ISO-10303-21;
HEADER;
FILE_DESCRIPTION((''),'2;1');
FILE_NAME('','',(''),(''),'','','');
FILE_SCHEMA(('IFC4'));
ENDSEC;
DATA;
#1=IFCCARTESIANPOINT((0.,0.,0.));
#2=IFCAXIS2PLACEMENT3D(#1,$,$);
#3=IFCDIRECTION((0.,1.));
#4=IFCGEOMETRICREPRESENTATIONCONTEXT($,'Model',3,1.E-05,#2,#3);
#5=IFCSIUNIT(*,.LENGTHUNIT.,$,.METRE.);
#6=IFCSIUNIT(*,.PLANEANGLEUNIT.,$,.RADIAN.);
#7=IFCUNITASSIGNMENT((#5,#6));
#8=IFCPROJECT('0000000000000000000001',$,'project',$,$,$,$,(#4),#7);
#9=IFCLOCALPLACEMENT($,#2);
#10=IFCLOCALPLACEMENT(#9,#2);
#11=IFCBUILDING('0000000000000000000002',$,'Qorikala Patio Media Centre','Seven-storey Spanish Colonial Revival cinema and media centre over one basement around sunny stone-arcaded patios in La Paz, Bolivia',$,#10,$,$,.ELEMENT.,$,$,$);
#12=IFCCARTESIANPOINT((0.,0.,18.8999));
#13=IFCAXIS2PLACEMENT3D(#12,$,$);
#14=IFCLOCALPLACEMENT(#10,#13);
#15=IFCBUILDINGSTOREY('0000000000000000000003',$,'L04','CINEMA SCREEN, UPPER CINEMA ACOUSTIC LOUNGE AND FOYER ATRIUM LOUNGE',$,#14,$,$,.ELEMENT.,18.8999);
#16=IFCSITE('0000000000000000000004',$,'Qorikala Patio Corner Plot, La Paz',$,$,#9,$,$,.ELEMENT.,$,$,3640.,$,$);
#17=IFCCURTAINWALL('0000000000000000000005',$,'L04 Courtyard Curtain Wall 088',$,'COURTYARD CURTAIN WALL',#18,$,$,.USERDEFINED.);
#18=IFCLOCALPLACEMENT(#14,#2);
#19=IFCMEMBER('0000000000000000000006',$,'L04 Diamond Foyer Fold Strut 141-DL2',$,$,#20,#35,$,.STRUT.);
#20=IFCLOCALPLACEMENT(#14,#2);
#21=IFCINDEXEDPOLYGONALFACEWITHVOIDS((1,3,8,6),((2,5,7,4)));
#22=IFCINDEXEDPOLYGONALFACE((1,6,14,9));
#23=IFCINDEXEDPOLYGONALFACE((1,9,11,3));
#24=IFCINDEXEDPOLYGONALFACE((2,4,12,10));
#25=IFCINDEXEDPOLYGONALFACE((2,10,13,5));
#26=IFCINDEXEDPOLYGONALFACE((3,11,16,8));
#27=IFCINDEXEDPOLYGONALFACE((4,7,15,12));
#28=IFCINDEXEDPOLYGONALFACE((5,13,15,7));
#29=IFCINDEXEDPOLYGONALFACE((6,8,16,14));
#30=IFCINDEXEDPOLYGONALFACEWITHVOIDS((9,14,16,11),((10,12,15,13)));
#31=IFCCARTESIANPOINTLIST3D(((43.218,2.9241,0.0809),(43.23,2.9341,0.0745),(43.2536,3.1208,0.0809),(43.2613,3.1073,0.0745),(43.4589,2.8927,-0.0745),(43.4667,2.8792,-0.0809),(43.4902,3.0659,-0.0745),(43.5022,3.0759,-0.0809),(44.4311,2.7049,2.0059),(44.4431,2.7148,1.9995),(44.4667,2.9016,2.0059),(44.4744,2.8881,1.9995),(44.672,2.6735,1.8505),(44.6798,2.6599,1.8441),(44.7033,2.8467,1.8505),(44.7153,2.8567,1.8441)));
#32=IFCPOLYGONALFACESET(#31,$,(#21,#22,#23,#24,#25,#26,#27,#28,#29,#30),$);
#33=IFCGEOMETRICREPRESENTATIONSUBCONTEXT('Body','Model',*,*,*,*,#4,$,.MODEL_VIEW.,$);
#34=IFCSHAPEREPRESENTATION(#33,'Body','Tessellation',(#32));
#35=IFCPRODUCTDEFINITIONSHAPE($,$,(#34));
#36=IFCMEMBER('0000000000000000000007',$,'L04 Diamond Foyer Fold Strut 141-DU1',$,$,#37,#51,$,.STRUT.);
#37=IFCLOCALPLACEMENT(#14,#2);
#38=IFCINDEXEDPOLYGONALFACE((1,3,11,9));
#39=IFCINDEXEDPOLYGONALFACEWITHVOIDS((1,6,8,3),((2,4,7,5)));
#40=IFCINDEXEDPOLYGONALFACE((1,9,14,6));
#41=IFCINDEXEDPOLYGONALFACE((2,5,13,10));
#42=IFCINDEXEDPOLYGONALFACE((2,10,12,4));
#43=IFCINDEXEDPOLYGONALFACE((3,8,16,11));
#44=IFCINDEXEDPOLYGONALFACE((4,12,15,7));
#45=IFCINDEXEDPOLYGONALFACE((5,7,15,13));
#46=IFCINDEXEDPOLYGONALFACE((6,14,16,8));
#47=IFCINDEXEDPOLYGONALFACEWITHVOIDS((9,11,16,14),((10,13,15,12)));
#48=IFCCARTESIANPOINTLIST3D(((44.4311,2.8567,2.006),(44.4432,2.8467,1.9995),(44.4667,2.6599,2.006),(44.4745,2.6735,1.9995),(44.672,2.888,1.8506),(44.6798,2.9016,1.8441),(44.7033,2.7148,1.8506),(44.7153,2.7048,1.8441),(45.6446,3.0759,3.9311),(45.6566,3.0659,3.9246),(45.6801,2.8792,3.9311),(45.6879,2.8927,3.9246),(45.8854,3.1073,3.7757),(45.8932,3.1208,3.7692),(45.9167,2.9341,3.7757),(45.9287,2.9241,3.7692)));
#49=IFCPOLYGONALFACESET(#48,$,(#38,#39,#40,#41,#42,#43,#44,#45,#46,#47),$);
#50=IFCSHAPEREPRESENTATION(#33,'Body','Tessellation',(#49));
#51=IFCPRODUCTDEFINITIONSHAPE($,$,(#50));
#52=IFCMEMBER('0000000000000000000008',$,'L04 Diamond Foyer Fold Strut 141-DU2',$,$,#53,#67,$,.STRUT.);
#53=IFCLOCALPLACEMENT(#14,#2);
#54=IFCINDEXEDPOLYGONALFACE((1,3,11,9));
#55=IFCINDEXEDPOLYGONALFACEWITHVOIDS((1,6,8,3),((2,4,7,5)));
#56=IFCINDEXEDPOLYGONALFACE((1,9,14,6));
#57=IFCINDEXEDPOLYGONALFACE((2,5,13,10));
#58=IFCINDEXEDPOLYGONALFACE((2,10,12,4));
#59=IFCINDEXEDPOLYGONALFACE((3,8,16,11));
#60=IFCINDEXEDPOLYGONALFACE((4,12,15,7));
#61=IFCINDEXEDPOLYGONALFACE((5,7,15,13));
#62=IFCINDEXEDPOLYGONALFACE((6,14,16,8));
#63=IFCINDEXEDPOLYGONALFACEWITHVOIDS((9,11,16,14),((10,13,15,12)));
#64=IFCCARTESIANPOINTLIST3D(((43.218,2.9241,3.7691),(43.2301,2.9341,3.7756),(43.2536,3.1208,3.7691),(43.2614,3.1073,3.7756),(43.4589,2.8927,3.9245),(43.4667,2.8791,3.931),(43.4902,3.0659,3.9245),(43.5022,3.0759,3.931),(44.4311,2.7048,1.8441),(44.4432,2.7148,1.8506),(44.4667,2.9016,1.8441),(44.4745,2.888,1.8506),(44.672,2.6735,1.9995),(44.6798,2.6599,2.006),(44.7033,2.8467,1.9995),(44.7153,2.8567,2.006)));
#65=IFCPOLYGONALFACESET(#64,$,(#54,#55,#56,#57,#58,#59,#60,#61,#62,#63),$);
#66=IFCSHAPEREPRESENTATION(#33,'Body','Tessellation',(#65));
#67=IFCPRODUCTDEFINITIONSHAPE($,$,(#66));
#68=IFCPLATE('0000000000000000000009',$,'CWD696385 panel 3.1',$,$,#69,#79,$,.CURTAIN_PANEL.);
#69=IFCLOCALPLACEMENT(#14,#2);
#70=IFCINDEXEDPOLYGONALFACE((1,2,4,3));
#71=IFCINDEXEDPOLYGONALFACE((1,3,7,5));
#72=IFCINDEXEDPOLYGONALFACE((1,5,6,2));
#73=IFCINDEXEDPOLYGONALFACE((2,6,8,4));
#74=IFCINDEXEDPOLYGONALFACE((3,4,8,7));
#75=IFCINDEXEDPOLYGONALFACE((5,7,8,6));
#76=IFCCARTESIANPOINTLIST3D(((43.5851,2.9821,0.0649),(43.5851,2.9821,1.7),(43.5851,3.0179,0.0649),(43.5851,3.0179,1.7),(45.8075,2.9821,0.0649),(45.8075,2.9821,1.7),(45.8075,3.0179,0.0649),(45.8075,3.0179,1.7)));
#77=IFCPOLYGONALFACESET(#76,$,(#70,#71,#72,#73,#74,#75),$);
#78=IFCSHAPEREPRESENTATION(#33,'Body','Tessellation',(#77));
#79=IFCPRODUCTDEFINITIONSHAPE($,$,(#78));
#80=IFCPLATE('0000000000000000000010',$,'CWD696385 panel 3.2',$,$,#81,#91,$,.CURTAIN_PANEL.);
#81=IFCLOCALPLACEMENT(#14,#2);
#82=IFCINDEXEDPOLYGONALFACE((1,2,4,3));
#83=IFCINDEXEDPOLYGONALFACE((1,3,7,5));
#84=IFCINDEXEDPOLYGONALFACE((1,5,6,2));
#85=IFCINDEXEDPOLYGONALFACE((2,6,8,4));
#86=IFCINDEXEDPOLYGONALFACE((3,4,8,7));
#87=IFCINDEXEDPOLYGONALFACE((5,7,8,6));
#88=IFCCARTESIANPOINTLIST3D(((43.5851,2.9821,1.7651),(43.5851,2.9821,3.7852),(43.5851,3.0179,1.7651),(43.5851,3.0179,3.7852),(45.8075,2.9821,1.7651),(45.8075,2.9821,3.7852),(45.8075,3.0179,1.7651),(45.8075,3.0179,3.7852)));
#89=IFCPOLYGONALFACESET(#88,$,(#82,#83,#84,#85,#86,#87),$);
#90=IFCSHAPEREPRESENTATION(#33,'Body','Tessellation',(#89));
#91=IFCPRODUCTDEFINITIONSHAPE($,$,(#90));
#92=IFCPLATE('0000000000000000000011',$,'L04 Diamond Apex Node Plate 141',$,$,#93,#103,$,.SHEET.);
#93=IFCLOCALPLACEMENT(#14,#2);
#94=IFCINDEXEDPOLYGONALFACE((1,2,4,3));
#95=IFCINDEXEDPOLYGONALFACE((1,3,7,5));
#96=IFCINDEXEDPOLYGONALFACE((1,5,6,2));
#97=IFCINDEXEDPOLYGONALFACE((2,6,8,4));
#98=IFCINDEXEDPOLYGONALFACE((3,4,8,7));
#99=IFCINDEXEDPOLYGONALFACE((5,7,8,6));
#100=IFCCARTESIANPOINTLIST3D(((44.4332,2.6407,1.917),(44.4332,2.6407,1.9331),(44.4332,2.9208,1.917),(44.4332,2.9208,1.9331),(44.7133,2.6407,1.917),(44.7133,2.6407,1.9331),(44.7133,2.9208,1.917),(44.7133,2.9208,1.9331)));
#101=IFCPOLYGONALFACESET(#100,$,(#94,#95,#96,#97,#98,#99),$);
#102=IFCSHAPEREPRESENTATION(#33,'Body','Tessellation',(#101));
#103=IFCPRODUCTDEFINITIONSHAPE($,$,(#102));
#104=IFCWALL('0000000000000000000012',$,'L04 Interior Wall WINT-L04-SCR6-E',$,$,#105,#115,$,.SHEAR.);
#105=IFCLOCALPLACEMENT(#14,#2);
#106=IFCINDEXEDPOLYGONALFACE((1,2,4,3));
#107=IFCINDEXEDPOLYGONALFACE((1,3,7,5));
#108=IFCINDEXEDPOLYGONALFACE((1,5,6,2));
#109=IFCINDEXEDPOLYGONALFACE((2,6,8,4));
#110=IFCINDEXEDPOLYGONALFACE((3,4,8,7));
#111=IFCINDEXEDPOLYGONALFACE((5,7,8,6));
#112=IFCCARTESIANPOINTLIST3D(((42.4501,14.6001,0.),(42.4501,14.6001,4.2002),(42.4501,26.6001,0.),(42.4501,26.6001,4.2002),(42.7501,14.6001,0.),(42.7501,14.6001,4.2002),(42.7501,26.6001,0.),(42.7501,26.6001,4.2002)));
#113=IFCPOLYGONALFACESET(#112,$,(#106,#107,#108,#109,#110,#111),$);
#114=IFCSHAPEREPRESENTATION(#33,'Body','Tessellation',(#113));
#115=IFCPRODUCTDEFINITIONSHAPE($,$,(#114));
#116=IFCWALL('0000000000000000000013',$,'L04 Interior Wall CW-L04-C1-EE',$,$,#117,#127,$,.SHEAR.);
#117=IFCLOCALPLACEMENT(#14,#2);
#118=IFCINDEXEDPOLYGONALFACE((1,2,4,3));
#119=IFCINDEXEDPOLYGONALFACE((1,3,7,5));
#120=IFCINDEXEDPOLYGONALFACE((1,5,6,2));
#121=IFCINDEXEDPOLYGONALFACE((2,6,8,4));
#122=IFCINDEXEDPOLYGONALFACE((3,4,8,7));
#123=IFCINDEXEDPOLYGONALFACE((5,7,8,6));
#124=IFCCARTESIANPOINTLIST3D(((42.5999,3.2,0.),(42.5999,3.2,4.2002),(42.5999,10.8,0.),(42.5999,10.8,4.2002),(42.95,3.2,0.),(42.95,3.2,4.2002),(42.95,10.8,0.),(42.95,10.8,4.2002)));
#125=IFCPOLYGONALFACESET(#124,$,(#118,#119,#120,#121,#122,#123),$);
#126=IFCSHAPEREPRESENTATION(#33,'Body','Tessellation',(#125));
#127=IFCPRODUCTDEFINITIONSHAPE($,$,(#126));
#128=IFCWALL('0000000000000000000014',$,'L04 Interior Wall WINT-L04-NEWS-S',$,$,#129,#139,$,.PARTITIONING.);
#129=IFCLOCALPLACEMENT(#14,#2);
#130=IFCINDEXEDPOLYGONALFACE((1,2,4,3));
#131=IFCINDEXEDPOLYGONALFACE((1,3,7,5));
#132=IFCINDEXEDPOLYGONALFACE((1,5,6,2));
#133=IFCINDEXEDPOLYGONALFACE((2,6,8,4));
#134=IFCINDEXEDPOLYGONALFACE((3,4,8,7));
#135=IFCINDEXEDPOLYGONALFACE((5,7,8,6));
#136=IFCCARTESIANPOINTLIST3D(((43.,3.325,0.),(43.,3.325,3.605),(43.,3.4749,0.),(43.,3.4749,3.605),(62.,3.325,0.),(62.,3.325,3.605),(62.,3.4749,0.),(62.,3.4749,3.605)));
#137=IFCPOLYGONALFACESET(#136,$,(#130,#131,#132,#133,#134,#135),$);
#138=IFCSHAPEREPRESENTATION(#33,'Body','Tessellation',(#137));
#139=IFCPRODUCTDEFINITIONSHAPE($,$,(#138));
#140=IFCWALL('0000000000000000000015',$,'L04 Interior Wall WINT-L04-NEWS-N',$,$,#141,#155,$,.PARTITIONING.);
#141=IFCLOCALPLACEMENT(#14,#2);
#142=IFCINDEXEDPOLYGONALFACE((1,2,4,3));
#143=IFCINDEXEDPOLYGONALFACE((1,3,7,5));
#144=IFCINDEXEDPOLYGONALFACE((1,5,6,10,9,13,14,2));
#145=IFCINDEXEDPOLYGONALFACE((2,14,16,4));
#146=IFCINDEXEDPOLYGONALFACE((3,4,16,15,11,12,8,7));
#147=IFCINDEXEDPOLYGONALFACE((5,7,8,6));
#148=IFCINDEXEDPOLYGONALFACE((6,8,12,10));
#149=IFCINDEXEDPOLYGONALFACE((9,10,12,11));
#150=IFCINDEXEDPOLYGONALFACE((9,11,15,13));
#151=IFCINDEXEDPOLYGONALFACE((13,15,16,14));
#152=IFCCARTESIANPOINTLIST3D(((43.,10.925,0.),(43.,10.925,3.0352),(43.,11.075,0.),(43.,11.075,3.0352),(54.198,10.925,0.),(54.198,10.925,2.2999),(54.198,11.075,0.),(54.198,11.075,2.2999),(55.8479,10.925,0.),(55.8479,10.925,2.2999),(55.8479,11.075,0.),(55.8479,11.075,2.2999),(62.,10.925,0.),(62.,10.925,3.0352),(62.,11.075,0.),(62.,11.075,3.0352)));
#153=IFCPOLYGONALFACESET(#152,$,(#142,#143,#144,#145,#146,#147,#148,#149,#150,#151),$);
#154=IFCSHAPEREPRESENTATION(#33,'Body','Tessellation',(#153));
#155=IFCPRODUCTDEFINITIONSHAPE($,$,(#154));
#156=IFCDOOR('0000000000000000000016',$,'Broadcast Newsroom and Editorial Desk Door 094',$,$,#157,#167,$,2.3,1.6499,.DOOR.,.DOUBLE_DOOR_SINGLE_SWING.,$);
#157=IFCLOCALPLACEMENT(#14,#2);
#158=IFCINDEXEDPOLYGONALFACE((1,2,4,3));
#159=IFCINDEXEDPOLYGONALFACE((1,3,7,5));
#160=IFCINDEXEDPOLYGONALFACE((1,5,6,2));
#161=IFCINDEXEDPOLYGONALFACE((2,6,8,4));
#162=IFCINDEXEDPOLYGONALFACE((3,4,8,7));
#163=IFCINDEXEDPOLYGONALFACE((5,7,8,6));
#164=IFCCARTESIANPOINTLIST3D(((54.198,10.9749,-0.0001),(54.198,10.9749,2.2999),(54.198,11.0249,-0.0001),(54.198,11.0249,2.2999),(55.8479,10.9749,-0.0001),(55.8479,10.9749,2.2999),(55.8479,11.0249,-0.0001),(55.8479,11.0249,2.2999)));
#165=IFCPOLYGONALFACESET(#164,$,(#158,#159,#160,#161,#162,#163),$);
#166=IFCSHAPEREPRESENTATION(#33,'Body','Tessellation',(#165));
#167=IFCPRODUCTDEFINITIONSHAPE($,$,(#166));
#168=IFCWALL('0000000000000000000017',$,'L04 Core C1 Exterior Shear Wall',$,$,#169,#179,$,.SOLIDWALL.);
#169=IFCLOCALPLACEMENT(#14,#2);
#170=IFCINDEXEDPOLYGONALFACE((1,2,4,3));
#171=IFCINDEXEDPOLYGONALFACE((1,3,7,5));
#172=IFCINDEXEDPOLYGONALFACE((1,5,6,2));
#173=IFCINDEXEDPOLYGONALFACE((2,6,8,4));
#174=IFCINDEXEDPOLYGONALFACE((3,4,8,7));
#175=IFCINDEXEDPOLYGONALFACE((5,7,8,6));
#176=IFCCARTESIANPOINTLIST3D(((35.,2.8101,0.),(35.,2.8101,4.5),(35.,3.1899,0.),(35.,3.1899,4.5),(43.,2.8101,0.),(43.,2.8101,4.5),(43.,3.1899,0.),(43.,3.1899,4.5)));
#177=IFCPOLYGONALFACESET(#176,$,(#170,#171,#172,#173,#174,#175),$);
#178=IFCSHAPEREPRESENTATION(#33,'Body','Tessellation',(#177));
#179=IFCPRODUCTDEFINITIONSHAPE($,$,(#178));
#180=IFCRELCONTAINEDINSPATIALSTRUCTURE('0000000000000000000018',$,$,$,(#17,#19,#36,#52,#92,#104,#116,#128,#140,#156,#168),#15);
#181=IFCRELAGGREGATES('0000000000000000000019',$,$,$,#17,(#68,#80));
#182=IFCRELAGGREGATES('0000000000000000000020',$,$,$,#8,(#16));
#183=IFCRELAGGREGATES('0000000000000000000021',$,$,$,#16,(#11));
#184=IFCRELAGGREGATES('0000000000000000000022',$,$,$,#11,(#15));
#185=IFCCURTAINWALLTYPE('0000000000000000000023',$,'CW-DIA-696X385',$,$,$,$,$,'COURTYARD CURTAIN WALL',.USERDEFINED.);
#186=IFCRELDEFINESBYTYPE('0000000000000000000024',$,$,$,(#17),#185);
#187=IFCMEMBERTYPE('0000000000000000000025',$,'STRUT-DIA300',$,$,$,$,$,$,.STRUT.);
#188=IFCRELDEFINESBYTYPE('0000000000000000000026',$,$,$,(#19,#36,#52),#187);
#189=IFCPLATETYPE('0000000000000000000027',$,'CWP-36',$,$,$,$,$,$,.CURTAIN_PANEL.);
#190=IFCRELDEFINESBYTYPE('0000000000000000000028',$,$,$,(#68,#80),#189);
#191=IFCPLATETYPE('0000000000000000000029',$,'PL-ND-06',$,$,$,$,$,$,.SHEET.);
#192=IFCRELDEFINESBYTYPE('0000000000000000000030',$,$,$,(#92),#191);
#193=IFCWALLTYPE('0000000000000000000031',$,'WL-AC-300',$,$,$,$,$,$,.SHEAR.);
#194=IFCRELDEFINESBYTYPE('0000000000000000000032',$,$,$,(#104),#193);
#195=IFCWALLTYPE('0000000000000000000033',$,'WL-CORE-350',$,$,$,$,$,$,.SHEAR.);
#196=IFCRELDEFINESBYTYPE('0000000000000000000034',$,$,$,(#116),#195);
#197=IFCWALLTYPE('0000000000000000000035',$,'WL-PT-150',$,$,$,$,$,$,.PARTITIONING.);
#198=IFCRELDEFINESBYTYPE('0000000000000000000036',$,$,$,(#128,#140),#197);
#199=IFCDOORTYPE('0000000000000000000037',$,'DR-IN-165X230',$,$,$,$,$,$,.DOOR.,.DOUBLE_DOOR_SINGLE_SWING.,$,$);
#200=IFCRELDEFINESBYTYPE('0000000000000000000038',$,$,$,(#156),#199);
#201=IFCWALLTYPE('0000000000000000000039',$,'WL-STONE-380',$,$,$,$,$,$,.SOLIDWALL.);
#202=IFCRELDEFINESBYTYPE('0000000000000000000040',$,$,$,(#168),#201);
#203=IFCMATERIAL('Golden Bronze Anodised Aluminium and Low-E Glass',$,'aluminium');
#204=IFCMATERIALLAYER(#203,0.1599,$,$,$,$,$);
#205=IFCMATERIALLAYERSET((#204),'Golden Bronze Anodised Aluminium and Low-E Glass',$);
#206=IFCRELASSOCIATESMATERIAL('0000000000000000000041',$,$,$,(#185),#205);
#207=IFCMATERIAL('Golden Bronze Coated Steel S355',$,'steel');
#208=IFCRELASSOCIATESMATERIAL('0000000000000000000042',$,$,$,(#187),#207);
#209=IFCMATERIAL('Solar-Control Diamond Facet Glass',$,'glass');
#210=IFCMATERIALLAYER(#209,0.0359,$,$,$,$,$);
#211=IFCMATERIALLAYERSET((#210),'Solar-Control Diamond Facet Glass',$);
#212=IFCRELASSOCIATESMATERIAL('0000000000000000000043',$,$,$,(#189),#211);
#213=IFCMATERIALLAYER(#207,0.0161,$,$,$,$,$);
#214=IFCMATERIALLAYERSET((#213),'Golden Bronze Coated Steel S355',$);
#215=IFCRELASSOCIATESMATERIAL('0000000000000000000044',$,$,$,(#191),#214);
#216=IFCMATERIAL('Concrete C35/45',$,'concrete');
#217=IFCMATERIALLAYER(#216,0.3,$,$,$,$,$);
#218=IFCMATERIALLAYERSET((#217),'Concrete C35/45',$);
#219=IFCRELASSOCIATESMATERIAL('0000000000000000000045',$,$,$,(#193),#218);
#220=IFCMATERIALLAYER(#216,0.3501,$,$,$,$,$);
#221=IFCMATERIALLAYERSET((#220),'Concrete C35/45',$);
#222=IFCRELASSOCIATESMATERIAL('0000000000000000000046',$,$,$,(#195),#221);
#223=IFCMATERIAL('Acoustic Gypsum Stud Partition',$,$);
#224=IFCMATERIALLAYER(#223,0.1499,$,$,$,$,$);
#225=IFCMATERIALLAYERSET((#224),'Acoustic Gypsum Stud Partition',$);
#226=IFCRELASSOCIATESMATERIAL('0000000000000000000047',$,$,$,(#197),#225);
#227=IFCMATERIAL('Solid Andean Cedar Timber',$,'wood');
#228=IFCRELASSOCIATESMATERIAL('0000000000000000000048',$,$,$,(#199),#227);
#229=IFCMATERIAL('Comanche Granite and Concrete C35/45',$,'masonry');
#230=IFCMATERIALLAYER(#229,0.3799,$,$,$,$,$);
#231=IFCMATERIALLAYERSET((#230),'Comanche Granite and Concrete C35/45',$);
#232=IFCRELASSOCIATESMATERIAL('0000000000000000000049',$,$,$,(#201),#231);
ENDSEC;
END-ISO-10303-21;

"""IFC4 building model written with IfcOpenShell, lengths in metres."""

from ifc_helpers import new_model, si_unit, direction, frame, frame_2d, origin, origin_2d, place, context, subcontext, project, spatial, rectangle, hollow_rectangle, extrude, material, layer, layer_set, material_profile, profile_set, type_object, element, fill, aggregate, save


model = new_model("IFC4")

# Units and contexts
model_context = context("Model", 3, precision=1e-05, world=origin(), true_north=direction((0.0, 1.0)))
body_context = subcontext(model_context, "Body", "Model", "MODEL_VIEW")
ifc_project = project(units=[si_unit("LENGTHUNIT", "METRE"), si_unit("PLANEANGLEUNIT", "RADIAN")], contexts=[model_context])

# Site, building, storey
site_placement = place(None, origin())
site = spatial("IfcSite", under=ifc_project, at=site_placement, Name="Qorikala Patio Corner Plot, La Paz", CompositionType="ELEMENT", RefElevation=3640.0)
building_placement = place(site_placement, origin())
building = spatial("IfcBuilding", under=site, at=building_placement, Name="Qorikala Patio Media Centre", Description="Seven-storey Spanish Colonial Revival cinema and media centre over one basement around sunny stone-arcaded patios in La Paz, Bolivia", CompositionType="ELEMENT")
storey_placement = place(building_placement, frame((0.0, 0.0, 18.8999)))
storey = spatial("IfcBuildingStorey", under=building, at=storey_placement, Name="L04", Description="CINEMA SCREEN, UPPER CINEMA ACOUSTIC LOUNGE AND FOYER ATRIUM LOUNGE", CompositionType="ELEMENT", Elevation=18.8999)

# Shared definitions
ifc_material_1 = material(Name="Concrete C35/45", Category="concrete")

# Shared definitions
ifc_material_2 = material(Name="Golden Bronze Coated Steel S355", Category="steel")

# Curtain wall
ifc_material_3 = material(Name="Golden Bronze Anodised Aluminium and Low-E Glass", Category="aluminium")
ifc_layer_1 = layer(ifc_material_3, 0.1599)
ifc_layer_set_1 = layer_set([ifc_layer_1], Name="Golden Bronze Anodised Aluminium and Low-E Glass")
curtain_wall_type = type_object("IfcCurtainWallType", Name="CW-DIA-696X385", ElementType="COURTYARD CURTAIN WALL", PredefinedType="USERDEFINED", material=ifc_layer_set_1)
curtain_wall_placement = place(storey_placement, origin())
curtain_wall = element("IfcCurtainWall", 1, at=curtain_wall_placement, inside=storey, type_object=curtain_wall_type, Name="L04 Courtyard Curtain Wall 088", ObjectType="COURTYARD CURTAIN WALL", PredefinedType="USERDEFINED")

# Members
ifc_material_profile_1 = material_profile(ifc_material_2, hollow_rectangle(XDim=0.2, YDim=0.3, WallThickness=0.012, at=origin_2d()), Name="HSS300X200X12")
ifc_profile_set_1 = profile_set([ifc_material_profile_1], Name="Golden Bronze Coated Steel S355")
member_type_1 = type_object("IfcMemberType", Name="STRUT-DIA300", PredefinedType="STRUT", material=ifc_profile_set_1)
member_1_placement = place(storey_placement, frame((43.3601, 3.0, 0.0), z_axis=(0.530691, -0.095907, 0.842121), x_axis=(0.17784, 0.984059, 0.0)))
element("IfcMember", 2, at=member_1_placement, inside=storey, type_object=member_type_1, Name="L04 Diamond Foyer Fold Strut 141-DL2", PredefinedType="STRUT", context=body_context, shape_type="SweptSolid", body=[
    extrude(hollow_rectangle(XDim=0.2, YDim=0.3, WallThickness=0.012, at=origin_2d()), origin(), (0.0, 0.0, 1.0), 2.2859),
])
member_2_placement = place(storey_placement, frame((44.5732, 2.7808, 1.925), z_axis=(0.530768, 0.095901, 0.842074), x_axis=(-0.177805, 0.984066, 0.0)))
element("IfcMember", 3, at=member_2_placement, inside=storey, type_object=member_type_1, Name="L04 Diamond Foyer Fold Strut 141-DU1", PredefinedType="STRUT", context=body_context, shape_type="SweptSolid", body=[
    extrude(hollow_rectangle(XDim=0.2, YDim=0.3, WallThickness=0.012, at=origin_2d()), origin(), (0.0, 0.0, 1.0), 2.2861),
])
member_3_placement = place(storey_placement, frame((44.5732, 2.7808, 1.925), z_axis=(-0.530691, 0.095907, 0.842121), x_axis=(-0.17784, -0.984059, 0.0)))
element("IfcMember", 4, at=member_3_placement, inside=storey, type_object=member_type_1, Name="L04 Diamond Foyer Fold Strut 141-DU2", PredefinedType="STRUT", context=body_context, shape_type="SweptSolid", body=[
    extrude(hollow_rectangle(XDim=0.2, YDim=0.3, WallThickness=0.012, at=origin_2d()), origin(), (0.0, 0.0, 1.0), 2.2859),
])

# Plates
ifc_material_4 = material(Name="Solar-Control Diamond Facet Glass", Category="glass")
ifc_layer_2 = layer(ifc_material_4, 0.0359)
ifc_layer_set_2 = layer_set([ifc_layer_2], Name="Solar-Control Diamond Facet Glass")
plate_type_1 = type_object("IfcPlateType", Name="CWP-36", PredefinedType="CURTAIN_PANEL", material=ifc_layer_set_2)
plate_1_placement = place(storey_placement, frame((44.6963, 3.0, 0.0649), z_axis=(0.0, 0.0, 1.0), x_axis=(-1.0, 0.0, 0.0)))
plate_1 = element("IfcPlate", 5, at=plate_1_placement, type_object=plate_type_1, Name="CWD696385 panel 3.1", PredefinedType="CURTAIN_PANEL", context=body_context, shape_type="SweptSolid", body=[
    extrude(rectangle(XDim=2.2224, YDim=0.0359, at=origin_2d()), origin(), (0.0, 0.0, 1.0), 1.635),
])
plate_2_placement = place(storey_placement, frame((44.6963, 3.0, 1.7651), z_axis=(0.0, 0.0, 1.0), x_axis=(-1.0, 0.0, 0.0)))
plate_2 = element("IfcPlate", 6, at=plate_2_placement, type_object=plate_type_1, Name="CWD696385 panel 3.2", PredefinedType="CURTAIN_PANEL", context=body_context, shape_type="SweptSolid", body=[
    extrude(rectangle(XDim=2.2224, YDim=0.0359, at=origin_2d()), origin(), (0.0, 0.0, 1.0), 2.02),
])
aggregate(curtain_wall, [plate_1, plate_2])
ifc_layer_3 = layer(ifc_material_2, 0.0161)
ifc_layer_set_3 = layer_set([ifc_layer_3], Name="Golden Bronze Coated Steel S355")
plate_type_2 = type_object("IfcPlateType", Name="PL-ND-06", PredefinedType="SHEET", material=ifc_layer_set_3)
plate_3_placement = place(storey_placement, frame((44.5732, 2.7808, 1.917), z_axis=(0.0, 0.0, 1.0), x_axis=(-1.0, 0.0, 0.0)))
element("IfcPlate", 7, at=plate_3_placement, inside=storey, type_object=plate_type_2, Name="L04 Diamond Apex Node Plate 141", PredefinedType="SHEET", context=body_context, shape_type="SweptSolid", body=[
    extrude(rectangle(XDim=0.28, YDim=0.28, at=origin_2d()), origin(), (0.0, 0.0, 1.0), 0.0161),
])

# Walls
ifc_layer_4 = layer(ifc_material_1, 0.3)
ifc_layer_set_4 = layer_set([ifc_layer_4], Name="Concrete C35/45")
wall_type_1 = type_object("IfcWallType", Name="WL-AC-300", PredefinedType="SHEAR", material=ifc_layer_set_4)
wall_1_placement = place(storey_placement, frame((42.6001, 14.6001, 0.0), z_axis=(0.0, 0.0, 1.0), x_axis=(0.0, 1.0, 0.0)))
element("IfcWall", 8, at=wall_1_placement, inside=storey, type_object=wall_type_1, Name="L04 Interior Wall WINT-L04-SCR6-E", PredefinedType="SHEAR", context=body_context, shape_type="SweptSolid", body=[
    extrude(rectangle(XDim=12.0, YDim=0.3, at=frame_2d((6.0, 0.0))), origin(), (0.0, 0.0, 1.0), 4.2002),
])
ifc_layer_5 = layer(ifc_material_1, 0.3501)
ifc_layer_set_5 = layer_set([ifc_layer_5], Name="Concrete C35/45")
wall_type_2 = type_object("IfcWallType", Name="WL-CORE-350", PredefinedType="SHEAR", material=ifc_layer_set_5)
wall_2_placement = place(storey_placement, frame((42.7749, 3.2, 0.0), z_axis=(0.0, 0.0, 1.0), x_axis=(0.0, 1.0, 0.0)))
element("IfcWall", 9, at=wall_2_placement, inside=storey, type_object=wall_type_2, Name="L04 Interior Wall CW-L04-C1-EE", PredefinedType="SHEAR", context=body_context, shape_type="SweptSolid", body=[
    extrude(rectangle(XDim=7.6001, YDim=0.3501, at=frame_2d((3.8, 0.0))), origin(), (0.0, 0.0, 1.0), 4.2002),
])
ifc_material_5 = material(Name="Acoustic Gypsum Stud Partition")
ifc_layer_6 = layer(ifc_material_5, 0.1499)
ifc_layer_set_6 = layer_set([ifc_layer_6], Name="Acoustic Gypsum Stud Partition")
wall_type_3 = type_object("IfcWallType", Name="WL-PT-150", PredefinedType="PARTITIONING", material=ifc_layer_set_6)
wall_3_placement = place(storey_placement, frame((43.0, 3.3999, 0.0), z_axis=(0.0, 0.0, 1.0), x_axis=(1.0, 0.0, 0.0)))
element("IfcWall", 10, at=wall_3_placement, inside=storey, type_object=wall_type_3, Name="L04 Interior Wall WINT-L04-NEWS-S", PredefinedType="PARTITIONING", context=body_context, shape_type="SweptSolid", body=[
    extrude(rectangle(XDim=19.0, YDim=0.1499, at=frame_2d((9.5, 0.0))), origin(), (0.0, 0.0, 1.0), 3.605),
])

# Wall, opening, door
wall_4_placement = place(storey_placement, frame((43.0, 11.0, 0.0), z_axis=(0.0, 0.0, 1.0), x_axis=(1.0, 0.0, 0.0)))
wall_4 = element("IfcWall", 11, at=wall_4_placement, inside=storey, type_object=wall_type_3, Name="L04 Interior Wall WINT-L04-NEWS-N", PredefinedType="PARTITIONING", context=body_context, shape_type="SweptSolid", body=[
    extrude(rectangle(XDim=19.0, YDim=0.1499, at=frame_2d((9.5, 0.0))), origin(), (0.0, 0.0, 1.0), 3.0352),
])
opening_placement = place(wall_4_placement, frame((11.198, 0.0, 0.0)))
opening = element("IfcOpeningElement", 12, at=opening_placement, cuts=wall_4, PredefinedType="OPENING", context=body_context, shape_type="SweptSolid", body=[
    extrude(rectangle(XDim=1.6499, YDim=2.3, at=frame_2d((0.825, 1.1499))), frame((0.0, 0.085, 0.0), z_axis=(0.0, -1.0, 0.0), x_axis=(1.0, 0.0, 0.0)), (0.0, 0.0, 1.0), 0.1699),
])
ifc_material_6 = material(Name="Solid Andean Cedar Timber", Category="wood")
door_type = type_object("IfcDoorType", Name="DR-IN-165X230", OperationType="DOUBLE_DOOR_SINGLE_SWING", PredefinedType="DOOR", material=ifc_material_6)
door_placement = place(opening_placement, origin())
door = element("IfcDoor", 13, at=door_placement, inside=storey, type_object=door_type, Name="Broadcast Newsroom and Editorial Desk Door 094", OperationType="DOUBLE_DOOR_SINGLE_SWING", OverallHeight=2.3, OverallWidth=1.6499, PredefinedType="DOOR", context=body_context, shape_type="SweptSolid", body=[
    extrude(rectangle(XDim=1.6499, YDim=2.3, at=frame_2d((0.825, 1.1499))), frame((0.0, 0.0249, 0.0), z_axis=(0.0, -1.0, 0.0), x_axis=(1.0, 0.0, 0.0)), (0.0, 0.0, 1.0), 0.05),
])
fill(opening, door)

# Wall
ifc_material_7 = material(Name="Comanche Granite and Concrete C35/45", Category="masonry")
ifc_layer_7 = layer(ifc_material_7, 0.3799)
ifc_layer_set_7 = layer_set([ifc_layer_7], Name="Comanche Granite and Concrete C35/45")
wall_type_4 = type_object("IfcWallType", Name="WL-STONE-380", PredefinedType="SOLIDWALL", material=ifc_layer_set_7)
wall_5_placement = place(storey_placement, frame((43.0, 3.0, 0.0), z_axis=(0.0, 0.0, 1.0), x_axis=(-1.0, 0.0, 0.0)))
element("IfcWall", 14, at=wall_5_placement, inside=storey, type_object=wall_type_4, Name="L04 Core C1 Exterior Shear Wall", PredefinedType="SOLIDWALL", context=body_context, shape_type="SweptSolid", body=[
    extrude(rectangle(XDim=8.0, YDim=0.3799, at=frame_2d((4.0, 0.0))), origin(), (0.0, 0.0, 1.0), 4.5),
])

save(model, "model.ifc")
